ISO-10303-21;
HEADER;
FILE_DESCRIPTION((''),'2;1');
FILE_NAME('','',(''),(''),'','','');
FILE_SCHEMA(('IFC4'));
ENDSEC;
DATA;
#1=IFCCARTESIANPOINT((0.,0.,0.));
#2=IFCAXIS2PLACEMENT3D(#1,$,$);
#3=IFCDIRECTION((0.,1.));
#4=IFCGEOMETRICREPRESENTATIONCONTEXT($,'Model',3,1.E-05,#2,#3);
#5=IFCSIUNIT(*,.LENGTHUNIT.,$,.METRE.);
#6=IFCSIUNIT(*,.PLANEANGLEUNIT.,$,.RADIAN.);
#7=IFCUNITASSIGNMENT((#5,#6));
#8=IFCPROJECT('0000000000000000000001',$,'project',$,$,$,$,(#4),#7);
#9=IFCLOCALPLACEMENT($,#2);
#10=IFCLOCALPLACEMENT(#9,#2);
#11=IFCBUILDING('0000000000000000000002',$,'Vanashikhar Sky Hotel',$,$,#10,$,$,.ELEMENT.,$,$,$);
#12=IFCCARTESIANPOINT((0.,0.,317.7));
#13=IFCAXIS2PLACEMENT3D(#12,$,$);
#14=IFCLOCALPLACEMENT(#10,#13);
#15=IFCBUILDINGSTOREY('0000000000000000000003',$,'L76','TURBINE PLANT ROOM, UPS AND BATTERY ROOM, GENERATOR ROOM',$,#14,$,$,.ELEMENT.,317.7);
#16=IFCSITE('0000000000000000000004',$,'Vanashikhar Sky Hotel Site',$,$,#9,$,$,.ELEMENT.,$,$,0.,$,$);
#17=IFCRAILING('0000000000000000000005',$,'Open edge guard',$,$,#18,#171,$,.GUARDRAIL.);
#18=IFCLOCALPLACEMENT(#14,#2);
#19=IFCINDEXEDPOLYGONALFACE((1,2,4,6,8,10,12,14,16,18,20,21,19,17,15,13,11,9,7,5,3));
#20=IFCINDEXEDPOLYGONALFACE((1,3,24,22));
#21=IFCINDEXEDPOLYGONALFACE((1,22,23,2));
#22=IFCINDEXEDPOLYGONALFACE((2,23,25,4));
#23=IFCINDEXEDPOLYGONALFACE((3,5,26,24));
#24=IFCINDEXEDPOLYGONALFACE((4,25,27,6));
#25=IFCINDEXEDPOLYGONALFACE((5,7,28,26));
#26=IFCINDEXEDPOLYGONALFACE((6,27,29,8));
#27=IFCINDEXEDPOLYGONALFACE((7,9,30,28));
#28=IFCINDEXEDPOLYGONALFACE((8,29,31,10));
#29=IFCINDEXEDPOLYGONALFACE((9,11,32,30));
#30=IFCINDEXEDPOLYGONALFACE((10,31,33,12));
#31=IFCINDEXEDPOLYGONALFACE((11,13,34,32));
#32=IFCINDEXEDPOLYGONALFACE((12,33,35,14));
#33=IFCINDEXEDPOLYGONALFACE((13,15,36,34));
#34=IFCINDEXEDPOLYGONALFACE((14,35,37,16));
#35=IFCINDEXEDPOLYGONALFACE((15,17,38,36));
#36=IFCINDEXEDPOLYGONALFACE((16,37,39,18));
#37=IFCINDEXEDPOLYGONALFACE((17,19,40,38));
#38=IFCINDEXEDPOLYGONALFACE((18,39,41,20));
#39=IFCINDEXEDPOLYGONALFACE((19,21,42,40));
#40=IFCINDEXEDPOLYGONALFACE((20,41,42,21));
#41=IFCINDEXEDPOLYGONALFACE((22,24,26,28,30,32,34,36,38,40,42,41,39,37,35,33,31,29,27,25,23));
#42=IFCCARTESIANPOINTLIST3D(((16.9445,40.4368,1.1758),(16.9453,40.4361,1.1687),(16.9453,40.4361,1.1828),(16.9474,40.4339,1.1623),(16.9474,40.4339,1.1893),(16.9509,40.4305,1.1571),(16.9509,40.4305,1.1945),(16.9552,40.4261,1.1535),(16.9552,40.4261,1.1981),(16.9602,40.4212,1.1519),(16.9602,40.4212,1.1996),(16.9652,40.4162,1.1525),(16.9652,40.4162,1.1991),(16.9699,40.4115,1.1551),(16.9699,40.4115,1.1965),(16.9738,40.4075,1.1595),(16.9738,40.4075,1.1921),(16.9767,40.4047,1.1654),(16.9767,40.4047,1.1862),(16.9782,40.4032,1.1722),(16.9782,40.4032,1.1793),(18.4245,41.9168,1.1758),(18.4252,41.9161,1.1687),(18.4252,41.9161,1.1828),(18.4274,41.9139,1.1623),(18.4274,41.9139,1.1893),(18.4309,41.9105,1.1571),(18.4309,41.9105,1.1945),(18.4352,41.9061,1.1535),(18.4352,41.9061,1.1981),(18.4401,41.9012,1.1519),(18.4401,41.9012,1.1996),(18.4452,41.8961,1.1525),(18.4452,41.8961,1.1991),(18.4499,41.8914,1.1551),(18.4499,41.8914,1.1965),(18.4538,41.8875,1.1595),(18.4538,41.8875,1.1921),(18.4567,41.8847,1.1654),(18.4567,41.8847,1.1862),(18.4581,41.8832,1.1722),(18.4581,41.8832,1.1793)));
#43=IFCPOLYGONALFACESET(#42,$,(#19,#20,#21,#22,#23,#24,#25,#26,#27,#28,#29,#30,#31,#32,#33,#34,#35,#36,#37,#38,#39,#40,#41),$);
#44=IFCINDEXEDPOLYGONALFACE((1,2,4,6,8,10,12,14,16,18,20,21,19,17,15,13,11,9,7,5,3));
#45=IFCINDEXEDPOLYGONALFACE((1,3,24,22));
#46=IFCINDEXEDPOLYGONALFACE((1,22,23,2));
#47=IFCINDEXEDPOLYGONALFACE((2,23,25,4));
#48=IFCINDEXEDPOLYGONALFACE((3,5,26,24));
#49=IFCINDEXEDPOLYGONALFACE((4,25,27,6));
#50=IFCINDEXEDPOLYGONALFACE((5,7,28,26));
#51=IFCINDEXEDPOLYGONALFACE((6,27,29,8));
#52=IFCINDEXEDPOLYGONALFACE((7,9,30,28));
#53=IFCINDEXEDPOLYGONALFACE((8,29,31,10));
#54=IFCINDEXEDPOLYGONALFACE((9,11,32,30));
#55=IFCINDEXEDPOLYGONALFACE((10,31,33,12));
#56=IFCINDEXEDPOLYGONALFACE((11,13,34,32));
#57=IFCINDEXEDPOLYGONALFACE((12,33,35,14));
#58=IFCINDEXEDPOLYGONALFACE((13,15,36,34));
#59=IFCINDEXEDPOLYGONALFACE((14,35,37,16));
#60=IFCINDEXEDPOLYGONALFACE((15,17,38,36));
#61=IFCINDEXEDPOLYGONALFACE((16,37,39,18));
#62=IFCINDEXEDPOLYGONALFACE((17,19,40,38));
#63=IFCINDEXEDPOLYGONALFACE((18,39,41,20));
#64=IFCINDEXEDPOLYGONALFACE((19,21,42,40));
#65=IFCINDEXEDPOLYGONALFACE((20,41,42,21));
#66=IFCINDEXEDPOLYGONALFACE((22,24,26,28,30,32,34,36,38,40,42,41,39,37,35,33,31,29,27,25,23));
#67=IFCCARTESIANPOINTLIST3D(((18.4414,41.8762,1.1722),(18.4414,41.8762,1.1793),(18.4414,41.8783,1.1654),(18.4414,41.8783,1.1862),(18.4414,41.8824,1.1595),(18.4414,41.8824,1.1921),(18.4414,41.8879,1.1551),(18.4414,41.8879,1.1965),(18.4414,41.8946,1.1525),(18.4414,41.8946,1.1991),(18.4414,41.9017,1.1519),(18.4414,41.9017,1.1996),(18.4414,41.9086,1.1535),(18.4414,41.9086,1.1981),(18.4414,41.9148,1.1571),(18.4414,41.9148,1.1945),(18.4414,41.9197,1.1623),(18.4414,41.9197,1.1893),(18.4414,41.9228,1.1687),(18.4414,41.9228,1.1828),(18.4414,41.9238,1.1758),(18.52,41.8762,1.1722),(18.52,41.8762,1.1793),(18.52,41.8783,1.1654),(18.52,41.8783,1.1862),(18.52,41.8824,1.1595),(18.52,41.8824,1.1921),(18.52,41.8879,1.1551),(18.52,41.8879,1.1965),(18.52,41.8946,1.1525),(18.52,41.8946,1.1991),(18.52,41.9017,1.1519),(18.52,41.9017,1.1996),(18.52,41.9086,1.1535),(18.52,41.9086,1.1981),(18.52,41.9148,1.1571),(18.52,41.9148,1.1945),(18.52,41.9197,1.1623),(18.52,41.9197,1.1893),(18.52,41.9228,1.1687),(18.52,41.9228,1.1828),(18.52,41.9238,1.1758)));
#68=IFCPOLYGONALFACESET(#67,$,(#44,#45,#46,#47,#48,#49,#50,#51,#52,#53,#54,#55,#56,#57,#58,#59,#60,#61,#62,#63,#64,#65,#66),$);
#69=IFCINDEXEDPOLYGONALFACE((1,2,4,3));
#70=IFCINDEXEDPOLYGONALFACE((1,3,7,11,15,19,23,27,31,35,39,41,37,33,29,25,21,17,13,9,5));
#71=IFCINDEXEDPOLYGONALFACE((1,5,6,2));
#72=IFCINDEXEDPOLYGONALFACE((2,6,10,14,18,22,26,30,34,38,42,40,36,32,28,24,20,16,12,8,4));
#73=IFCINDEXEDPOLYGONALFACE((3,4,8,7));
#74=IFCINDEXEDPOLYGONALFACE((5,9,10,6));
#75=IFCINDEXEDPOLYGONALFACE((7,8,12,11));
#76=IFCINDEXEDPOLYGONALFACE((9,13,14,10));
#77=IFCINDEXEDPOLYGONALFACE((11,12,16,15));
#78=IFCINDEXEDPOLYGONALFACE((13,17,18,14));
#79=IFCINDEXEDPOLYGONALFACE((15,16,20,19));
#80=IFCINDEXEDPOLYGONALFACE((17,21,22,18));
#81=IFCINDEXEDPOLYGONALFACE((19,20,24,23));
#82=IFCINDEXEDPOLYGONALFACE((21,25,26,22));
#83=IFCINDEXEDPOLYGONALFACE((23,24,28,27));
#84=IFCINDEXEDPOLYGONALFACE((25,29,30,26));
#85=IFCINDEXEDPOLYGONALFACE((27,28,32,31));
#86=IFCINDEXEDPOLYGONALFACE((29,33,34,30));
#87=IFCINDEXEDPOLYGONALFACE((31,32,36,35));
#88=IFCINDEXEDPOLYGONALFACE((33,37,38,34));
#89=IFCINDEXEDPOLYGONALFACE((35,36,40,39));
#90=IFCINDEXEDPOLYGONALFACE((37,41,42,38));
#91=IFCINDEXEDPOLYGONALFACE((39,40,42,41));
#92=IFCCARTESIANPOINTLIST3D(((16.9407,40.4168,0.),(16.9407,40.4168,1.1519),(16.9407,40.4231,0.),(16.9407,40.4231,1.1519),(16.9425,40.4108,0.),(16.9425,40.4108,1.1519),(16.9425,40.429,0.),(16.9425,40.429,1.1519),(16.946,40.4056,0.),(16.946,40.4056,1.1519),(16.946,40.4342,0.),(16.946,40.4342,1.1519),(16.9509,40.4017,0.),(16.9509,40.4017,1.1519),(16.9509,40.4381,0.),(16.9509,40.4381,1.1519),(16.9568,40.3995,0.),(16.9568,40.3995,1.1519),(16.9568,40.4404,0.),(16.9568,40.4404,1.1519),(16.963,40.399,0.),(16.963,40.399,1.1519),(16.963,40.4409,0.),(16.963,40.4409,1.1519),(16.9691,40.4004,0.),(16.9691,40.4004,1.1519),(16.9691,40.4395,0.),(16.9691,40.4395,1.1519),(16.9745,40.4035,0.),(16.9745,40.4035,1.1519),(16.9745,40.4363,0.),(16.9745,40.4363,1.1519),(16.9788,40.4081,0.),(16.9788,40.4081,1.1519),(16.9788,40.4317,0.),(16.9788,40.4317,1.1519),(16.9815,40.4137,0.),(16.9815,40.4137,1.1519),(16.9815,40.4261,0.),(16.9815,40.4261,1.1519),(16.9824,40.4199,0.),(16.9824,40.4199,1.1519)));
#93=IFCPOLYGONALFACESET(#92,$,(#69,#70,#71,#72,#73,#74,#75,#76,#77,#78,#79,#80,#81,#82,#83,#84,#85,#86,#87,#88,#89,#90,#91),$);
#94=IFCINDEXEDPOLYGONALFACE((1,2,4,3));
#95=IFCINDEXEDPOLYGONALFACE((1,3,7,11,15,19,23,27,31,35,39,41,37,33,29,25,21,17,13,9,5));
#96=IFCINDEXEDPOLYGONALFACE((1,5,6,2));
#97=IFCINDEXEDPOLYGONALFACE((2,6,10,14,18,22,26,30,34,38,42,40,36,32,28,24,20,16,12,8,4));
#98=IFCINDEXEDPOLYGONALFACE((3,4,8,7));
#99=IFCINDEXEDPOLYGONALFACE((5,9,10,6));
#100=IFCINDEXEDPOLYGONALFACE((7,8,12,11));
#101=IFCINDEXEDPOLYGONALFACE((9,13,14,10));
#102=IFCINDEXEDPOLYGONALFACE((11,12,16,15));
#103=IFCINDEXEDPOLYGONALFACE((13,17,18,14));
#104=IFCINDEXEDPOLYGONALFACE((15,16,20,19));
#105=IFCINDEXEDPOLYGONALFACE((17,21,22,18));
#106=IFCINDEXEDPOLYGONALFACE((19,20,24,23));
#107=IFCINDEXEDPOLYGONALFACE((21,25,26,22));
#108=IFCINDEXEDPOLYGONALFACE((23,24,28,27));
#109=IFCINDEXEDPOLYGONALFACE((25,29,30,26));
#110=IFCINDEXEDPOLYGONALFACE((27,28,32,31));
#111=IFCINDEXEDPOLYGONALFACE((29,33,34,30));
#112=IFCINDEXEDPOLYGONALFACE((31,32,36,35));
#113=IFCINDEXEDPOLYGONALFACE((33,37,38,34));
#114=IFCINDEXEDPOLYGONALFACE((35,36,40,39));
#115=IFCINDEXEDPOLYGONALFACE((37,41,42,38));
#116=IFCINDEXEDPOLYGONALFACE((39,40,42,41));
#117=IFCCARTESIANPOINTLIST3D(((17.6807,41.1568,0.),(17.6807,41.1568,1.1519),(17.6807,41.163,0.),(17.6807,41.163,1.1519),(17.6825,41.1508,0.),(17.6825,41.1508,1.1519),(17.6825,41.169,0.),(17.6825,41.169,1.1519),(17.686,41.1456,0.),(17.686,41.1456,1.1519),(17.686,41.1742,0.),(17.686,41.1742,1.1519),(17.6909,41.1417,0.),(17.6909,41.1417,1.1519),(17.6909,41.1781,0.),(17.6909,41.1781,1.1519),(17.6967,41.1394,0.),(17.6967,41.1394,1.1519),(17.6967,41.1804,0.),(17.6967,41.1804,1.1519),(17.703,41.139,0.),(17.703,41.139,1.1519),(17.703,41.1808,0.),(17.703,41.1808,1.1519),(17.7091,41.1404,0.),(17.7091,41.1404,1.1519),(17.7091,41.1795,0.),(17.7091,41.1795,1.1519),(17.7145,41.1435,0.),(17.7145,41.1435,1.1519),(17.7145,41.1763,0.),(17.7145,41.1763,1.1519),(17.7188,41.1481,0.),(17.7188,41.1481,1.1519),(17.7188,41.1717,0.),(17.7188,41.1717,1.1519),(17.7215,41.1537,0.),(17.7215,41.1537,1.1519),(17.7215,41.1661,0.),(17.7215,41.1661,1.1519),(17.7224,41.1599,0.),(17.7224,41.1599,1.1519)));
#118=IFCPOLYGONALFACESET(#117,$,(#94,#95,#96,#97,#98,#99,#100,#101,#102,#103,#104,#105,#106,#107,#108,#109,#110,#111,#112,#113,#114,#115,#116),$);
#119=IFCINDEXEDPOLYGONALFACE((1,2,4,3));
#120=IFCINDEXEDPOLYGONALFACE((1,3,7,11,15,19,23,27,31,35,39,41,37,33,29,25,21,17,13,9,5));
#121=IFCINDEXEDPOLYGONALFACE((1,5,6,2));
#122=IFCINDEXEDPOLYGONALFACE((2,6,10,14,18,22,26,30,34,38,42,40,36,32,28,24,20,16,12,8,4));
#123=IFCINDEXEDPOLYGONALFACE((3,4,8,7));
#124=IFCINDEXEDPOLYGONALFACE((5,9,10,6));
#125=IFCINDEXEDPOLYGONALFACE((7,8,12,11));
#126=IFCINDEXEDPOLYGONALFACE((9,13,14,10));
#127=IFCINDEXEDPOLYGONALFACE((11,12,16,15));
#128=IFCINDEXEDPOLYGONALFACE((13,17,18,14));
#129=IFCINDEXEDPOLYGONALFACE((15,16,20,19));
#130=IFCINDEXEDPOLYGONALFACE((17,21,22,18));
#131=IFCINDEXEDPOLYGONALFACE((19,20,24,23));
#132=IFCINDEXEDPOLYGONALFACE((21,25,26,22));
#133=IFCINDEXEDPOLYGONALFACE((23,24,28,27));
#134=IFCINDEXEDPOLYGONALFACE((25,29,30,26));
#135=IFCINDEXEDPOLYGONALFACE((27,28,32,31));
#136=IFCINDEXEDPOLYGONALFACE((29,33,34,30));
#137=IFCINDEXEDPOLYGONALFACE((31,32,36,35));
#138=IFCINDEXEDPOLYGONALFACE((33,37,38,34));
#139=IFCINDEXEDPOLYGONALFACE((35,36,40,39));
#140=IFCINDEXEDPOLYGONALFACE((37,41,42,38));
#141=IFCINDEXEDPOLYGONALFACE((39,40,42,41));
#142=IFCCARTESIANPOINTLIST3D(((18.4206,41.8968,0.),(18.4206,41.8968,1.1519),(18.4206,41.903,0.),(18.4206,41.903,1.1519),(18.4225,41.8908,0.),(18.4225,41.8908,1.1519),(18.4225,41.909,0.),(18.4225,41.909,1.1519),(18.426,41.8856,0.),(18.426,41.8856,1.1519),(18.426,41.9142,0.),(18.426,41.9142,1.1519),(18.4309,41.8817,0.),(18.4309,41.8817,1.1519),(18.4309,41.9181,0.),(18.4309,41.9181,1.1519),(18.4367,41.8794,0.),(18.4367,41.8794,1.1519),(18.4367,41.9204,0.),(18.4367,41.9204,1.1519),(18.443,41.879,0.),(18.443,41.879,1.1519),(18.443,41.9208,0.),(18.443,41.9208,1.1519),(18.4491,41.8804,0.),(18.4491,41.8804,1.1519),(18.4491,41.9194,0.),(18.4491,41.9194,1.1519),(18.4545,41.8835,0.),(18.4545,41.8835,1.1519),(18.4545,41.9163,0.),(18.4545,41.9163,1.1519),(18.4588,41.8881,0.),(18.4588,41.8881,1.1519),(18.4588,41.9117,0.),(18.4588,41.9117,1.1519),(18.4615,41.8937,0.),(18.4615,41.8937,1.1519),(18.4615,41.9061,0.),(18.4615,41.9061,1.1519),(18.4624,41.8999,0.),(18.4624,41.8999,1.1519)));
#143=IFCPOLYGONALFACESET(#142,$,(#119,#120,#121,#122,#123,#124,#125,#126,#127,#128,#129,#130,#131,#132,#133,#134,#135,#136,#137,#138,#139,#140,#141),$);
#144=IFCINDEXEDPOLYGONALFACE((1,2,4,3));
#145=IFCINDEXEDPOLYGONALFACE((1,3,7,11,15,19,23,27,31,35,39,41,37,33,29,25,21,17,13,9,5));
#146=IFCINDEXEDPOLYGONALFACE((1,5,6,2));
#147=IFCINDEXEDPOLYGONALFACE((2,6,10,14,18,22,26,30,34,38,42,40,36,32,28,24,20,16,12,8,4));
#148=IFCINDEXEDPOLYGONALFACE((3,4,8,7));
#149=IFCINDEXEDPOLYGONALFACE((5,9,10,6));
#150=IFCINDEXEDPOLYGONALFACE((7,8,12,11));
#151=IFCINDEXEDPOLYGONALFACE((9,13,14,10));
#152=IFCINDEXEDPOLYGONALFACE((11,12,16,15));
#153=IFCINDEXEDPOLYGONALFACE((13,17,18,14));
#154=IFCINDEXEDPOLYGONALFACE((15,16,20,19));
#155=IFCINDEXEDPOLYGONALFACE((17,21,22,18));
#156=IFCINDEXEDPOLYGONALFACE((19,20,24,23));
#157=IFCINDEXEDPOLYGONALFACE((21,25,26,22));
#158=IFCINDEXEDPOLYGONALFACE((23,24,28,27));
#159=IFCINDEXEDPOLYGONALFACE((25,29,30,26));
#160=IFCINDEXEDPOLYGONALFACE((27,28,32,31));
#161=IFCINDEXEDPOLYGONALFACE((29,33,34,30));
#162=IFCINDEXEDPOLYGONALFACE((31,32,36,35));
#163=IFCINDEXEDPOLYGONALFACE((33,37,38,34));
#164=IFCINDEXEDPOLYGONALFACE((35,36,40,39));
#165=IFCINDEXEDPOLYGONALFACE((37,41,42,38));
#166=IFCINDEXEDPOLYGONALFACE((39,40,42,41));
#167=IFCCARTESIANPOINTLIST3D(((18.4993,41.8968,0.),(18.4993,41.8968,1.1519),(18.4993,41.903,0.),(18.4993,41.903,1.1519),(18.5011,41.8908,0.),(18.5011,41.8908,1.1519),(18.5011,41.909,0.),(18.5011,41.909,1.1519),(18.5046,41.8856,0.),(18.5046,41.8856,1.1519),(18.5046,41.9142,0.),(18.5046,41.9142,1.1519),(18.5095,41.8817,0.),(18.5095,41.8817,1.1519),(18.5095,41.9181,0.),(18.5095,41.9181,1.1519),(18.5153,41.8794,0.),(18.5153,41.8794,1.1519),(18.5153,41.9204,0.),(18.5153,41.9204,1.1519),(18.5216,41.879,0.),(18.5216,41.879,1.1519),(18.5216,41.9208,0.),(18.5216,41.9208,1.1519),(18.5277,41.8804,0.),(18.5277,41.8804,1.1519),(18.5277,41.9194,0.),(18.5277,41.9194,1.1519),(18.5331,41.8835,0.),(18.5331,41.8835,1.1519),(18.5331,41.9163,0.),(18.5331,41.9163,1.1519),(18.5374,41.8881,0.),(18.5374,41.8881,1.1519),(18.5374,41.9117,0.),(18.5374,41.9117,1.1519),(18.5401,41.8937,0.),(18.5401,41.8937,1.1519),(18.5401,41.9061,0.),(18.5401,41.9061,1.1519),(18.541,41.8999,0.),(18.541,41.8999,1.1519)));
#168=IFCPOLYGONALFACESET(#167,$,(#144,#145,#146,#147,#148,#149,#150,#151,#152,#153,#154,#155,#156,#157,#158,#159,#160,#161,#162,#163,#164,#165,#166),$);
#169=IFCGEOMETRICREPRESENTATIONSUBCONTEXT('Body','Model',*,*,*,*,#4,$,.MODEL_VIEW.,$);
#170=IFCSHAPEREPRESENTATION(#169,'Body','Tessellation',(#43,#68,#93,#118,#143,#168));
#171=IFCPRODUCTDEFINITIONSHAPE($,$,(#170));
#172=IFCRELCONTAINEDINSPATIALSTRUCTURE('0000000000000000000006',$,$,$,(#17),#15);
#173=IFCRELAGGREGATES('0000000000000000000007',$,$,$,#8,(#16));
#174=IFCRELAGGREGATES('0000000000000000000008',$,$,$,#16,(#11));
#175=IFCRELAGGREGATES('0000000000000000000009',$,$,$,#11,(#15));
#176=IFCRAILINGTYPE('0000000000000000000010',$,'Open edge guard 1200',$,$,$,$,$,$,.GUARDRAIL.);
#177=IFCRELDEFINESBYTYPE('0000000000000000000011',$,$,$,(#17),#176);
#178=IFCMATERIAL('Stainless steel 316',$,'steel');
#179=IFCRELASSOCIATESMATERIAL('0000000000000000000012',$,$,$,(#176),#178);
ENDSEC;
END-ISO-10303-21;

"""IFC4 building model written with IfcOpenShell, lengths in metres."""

from ifc_helpers import new_model, si_unit, direction, frame, origin, origin_2d, place, context, subcontext, project, spatial, circle, extrude, source, transform, mapped, material, type_object, element, save


model = new_model("IFC4")

# Units and contexts
model_context = context("Model", 3, precision=1e-05, world=origin(), true_north=direction((0.0, 1.0)))
body_context = subcontext(model_context, "Body", "Model", "MODEL_VIEW")
ifc_project = project(units=[si_unit("LENGTHUNIT", "METRE"), si_unit("PLANEANGLEUNIT", "RADIAN")], contexts=[model_context])

# Site, building, storey
site_placement = place(None, origin())
site = spatial("IfcSite", under=ifc_project, at=site_placement, Name="Vanashikhar Sky Hotel Site", CompositionType="ELEMENT", RefElevation=0.0)
building_placement = place(site_placement, origin())
building = spatial("IfcBuilding", under=site, at=building_placement, Name="Vanashikhar Sky Hotel", CompositionType="ELEMENT")
storey_placement = place(building_placement, frame((0.0, 0.0, 317.7)))
storey = spatial("IfcBuildingStorey", under=building, at=storey_placement, Name="L76", Description="TURBINE PLANT ROOM, UPS AND BATTERY ROOM, GENERATOR ROOM", CompositionType="ELEMENT", Elevation=317.7)

# Shared definitions
ifc_material_1 = material(Name="Stainless steel 316", Category="steel")
railing_type = type_object("IfcRailingType", Name="Open edge guard 1200", PredefinedType="GUARDRAIL", material=ifc_material_1)

# Railing
shared_shape_1 = source(origin(), body_context, "Body", "SweptSolid", [
    extrude(circle(Radius=0.0239, at=origin_2d()), frame((0.0, 0.0, 1.1758), z_axis=(0.707107, 0.707107, 0.0), x_axis=(-0.707107, 0.707107, 0.0)), (0.0, 0.0, 1.0), 2.093),
    extrude(circle(Radius=0.0239, at=origin_2d()), frame((1.48, 1.48, 1.1758), z_axis=(1.0, 0.0, 0.0), x_axis=(0.0, 1.0, 0.0)), (0.0, 0.0, 1.0), 0.0786),
    extrude(circle(Radius=0.021, at=origin_2d()), origin(), (0.0, 0.0, 1.0), 1.1519),
    extrude(circle(Radius=0.021, at=origin_2d()), frame((0.74, 0.74, 0.0)), (0.0, 0.0, 1.0), 1.1519),
    extrude(circle(Radius=0.021, at=origin_2d()), frame((1.48, 1.48, 0.0)), (0.0, 0.0, 1.0), 1.1519),
    extrude(circle(Radius=0.021, at=origin_2d()), frame((1.5586, 1.48, 0.0)), (0.0, 0.0, 1.0), 1.1519),
])
railing_1_placement = place(storey_placement, frame((16.9614, 40.4199, 0.0)))
element("IfcRailing", 1, at=railing_1_placement, inside=storey, type_object=railing_type, Name="Open edge guard", PredefinedType="GUARDRAIL", context=body_context, shape_type="MappedRepresentation", body=[
    mapped(shared_shape_1, transform((0.0, 0.0, 0.0), scale=1.0)),
])

save(model, "model.ifc")
